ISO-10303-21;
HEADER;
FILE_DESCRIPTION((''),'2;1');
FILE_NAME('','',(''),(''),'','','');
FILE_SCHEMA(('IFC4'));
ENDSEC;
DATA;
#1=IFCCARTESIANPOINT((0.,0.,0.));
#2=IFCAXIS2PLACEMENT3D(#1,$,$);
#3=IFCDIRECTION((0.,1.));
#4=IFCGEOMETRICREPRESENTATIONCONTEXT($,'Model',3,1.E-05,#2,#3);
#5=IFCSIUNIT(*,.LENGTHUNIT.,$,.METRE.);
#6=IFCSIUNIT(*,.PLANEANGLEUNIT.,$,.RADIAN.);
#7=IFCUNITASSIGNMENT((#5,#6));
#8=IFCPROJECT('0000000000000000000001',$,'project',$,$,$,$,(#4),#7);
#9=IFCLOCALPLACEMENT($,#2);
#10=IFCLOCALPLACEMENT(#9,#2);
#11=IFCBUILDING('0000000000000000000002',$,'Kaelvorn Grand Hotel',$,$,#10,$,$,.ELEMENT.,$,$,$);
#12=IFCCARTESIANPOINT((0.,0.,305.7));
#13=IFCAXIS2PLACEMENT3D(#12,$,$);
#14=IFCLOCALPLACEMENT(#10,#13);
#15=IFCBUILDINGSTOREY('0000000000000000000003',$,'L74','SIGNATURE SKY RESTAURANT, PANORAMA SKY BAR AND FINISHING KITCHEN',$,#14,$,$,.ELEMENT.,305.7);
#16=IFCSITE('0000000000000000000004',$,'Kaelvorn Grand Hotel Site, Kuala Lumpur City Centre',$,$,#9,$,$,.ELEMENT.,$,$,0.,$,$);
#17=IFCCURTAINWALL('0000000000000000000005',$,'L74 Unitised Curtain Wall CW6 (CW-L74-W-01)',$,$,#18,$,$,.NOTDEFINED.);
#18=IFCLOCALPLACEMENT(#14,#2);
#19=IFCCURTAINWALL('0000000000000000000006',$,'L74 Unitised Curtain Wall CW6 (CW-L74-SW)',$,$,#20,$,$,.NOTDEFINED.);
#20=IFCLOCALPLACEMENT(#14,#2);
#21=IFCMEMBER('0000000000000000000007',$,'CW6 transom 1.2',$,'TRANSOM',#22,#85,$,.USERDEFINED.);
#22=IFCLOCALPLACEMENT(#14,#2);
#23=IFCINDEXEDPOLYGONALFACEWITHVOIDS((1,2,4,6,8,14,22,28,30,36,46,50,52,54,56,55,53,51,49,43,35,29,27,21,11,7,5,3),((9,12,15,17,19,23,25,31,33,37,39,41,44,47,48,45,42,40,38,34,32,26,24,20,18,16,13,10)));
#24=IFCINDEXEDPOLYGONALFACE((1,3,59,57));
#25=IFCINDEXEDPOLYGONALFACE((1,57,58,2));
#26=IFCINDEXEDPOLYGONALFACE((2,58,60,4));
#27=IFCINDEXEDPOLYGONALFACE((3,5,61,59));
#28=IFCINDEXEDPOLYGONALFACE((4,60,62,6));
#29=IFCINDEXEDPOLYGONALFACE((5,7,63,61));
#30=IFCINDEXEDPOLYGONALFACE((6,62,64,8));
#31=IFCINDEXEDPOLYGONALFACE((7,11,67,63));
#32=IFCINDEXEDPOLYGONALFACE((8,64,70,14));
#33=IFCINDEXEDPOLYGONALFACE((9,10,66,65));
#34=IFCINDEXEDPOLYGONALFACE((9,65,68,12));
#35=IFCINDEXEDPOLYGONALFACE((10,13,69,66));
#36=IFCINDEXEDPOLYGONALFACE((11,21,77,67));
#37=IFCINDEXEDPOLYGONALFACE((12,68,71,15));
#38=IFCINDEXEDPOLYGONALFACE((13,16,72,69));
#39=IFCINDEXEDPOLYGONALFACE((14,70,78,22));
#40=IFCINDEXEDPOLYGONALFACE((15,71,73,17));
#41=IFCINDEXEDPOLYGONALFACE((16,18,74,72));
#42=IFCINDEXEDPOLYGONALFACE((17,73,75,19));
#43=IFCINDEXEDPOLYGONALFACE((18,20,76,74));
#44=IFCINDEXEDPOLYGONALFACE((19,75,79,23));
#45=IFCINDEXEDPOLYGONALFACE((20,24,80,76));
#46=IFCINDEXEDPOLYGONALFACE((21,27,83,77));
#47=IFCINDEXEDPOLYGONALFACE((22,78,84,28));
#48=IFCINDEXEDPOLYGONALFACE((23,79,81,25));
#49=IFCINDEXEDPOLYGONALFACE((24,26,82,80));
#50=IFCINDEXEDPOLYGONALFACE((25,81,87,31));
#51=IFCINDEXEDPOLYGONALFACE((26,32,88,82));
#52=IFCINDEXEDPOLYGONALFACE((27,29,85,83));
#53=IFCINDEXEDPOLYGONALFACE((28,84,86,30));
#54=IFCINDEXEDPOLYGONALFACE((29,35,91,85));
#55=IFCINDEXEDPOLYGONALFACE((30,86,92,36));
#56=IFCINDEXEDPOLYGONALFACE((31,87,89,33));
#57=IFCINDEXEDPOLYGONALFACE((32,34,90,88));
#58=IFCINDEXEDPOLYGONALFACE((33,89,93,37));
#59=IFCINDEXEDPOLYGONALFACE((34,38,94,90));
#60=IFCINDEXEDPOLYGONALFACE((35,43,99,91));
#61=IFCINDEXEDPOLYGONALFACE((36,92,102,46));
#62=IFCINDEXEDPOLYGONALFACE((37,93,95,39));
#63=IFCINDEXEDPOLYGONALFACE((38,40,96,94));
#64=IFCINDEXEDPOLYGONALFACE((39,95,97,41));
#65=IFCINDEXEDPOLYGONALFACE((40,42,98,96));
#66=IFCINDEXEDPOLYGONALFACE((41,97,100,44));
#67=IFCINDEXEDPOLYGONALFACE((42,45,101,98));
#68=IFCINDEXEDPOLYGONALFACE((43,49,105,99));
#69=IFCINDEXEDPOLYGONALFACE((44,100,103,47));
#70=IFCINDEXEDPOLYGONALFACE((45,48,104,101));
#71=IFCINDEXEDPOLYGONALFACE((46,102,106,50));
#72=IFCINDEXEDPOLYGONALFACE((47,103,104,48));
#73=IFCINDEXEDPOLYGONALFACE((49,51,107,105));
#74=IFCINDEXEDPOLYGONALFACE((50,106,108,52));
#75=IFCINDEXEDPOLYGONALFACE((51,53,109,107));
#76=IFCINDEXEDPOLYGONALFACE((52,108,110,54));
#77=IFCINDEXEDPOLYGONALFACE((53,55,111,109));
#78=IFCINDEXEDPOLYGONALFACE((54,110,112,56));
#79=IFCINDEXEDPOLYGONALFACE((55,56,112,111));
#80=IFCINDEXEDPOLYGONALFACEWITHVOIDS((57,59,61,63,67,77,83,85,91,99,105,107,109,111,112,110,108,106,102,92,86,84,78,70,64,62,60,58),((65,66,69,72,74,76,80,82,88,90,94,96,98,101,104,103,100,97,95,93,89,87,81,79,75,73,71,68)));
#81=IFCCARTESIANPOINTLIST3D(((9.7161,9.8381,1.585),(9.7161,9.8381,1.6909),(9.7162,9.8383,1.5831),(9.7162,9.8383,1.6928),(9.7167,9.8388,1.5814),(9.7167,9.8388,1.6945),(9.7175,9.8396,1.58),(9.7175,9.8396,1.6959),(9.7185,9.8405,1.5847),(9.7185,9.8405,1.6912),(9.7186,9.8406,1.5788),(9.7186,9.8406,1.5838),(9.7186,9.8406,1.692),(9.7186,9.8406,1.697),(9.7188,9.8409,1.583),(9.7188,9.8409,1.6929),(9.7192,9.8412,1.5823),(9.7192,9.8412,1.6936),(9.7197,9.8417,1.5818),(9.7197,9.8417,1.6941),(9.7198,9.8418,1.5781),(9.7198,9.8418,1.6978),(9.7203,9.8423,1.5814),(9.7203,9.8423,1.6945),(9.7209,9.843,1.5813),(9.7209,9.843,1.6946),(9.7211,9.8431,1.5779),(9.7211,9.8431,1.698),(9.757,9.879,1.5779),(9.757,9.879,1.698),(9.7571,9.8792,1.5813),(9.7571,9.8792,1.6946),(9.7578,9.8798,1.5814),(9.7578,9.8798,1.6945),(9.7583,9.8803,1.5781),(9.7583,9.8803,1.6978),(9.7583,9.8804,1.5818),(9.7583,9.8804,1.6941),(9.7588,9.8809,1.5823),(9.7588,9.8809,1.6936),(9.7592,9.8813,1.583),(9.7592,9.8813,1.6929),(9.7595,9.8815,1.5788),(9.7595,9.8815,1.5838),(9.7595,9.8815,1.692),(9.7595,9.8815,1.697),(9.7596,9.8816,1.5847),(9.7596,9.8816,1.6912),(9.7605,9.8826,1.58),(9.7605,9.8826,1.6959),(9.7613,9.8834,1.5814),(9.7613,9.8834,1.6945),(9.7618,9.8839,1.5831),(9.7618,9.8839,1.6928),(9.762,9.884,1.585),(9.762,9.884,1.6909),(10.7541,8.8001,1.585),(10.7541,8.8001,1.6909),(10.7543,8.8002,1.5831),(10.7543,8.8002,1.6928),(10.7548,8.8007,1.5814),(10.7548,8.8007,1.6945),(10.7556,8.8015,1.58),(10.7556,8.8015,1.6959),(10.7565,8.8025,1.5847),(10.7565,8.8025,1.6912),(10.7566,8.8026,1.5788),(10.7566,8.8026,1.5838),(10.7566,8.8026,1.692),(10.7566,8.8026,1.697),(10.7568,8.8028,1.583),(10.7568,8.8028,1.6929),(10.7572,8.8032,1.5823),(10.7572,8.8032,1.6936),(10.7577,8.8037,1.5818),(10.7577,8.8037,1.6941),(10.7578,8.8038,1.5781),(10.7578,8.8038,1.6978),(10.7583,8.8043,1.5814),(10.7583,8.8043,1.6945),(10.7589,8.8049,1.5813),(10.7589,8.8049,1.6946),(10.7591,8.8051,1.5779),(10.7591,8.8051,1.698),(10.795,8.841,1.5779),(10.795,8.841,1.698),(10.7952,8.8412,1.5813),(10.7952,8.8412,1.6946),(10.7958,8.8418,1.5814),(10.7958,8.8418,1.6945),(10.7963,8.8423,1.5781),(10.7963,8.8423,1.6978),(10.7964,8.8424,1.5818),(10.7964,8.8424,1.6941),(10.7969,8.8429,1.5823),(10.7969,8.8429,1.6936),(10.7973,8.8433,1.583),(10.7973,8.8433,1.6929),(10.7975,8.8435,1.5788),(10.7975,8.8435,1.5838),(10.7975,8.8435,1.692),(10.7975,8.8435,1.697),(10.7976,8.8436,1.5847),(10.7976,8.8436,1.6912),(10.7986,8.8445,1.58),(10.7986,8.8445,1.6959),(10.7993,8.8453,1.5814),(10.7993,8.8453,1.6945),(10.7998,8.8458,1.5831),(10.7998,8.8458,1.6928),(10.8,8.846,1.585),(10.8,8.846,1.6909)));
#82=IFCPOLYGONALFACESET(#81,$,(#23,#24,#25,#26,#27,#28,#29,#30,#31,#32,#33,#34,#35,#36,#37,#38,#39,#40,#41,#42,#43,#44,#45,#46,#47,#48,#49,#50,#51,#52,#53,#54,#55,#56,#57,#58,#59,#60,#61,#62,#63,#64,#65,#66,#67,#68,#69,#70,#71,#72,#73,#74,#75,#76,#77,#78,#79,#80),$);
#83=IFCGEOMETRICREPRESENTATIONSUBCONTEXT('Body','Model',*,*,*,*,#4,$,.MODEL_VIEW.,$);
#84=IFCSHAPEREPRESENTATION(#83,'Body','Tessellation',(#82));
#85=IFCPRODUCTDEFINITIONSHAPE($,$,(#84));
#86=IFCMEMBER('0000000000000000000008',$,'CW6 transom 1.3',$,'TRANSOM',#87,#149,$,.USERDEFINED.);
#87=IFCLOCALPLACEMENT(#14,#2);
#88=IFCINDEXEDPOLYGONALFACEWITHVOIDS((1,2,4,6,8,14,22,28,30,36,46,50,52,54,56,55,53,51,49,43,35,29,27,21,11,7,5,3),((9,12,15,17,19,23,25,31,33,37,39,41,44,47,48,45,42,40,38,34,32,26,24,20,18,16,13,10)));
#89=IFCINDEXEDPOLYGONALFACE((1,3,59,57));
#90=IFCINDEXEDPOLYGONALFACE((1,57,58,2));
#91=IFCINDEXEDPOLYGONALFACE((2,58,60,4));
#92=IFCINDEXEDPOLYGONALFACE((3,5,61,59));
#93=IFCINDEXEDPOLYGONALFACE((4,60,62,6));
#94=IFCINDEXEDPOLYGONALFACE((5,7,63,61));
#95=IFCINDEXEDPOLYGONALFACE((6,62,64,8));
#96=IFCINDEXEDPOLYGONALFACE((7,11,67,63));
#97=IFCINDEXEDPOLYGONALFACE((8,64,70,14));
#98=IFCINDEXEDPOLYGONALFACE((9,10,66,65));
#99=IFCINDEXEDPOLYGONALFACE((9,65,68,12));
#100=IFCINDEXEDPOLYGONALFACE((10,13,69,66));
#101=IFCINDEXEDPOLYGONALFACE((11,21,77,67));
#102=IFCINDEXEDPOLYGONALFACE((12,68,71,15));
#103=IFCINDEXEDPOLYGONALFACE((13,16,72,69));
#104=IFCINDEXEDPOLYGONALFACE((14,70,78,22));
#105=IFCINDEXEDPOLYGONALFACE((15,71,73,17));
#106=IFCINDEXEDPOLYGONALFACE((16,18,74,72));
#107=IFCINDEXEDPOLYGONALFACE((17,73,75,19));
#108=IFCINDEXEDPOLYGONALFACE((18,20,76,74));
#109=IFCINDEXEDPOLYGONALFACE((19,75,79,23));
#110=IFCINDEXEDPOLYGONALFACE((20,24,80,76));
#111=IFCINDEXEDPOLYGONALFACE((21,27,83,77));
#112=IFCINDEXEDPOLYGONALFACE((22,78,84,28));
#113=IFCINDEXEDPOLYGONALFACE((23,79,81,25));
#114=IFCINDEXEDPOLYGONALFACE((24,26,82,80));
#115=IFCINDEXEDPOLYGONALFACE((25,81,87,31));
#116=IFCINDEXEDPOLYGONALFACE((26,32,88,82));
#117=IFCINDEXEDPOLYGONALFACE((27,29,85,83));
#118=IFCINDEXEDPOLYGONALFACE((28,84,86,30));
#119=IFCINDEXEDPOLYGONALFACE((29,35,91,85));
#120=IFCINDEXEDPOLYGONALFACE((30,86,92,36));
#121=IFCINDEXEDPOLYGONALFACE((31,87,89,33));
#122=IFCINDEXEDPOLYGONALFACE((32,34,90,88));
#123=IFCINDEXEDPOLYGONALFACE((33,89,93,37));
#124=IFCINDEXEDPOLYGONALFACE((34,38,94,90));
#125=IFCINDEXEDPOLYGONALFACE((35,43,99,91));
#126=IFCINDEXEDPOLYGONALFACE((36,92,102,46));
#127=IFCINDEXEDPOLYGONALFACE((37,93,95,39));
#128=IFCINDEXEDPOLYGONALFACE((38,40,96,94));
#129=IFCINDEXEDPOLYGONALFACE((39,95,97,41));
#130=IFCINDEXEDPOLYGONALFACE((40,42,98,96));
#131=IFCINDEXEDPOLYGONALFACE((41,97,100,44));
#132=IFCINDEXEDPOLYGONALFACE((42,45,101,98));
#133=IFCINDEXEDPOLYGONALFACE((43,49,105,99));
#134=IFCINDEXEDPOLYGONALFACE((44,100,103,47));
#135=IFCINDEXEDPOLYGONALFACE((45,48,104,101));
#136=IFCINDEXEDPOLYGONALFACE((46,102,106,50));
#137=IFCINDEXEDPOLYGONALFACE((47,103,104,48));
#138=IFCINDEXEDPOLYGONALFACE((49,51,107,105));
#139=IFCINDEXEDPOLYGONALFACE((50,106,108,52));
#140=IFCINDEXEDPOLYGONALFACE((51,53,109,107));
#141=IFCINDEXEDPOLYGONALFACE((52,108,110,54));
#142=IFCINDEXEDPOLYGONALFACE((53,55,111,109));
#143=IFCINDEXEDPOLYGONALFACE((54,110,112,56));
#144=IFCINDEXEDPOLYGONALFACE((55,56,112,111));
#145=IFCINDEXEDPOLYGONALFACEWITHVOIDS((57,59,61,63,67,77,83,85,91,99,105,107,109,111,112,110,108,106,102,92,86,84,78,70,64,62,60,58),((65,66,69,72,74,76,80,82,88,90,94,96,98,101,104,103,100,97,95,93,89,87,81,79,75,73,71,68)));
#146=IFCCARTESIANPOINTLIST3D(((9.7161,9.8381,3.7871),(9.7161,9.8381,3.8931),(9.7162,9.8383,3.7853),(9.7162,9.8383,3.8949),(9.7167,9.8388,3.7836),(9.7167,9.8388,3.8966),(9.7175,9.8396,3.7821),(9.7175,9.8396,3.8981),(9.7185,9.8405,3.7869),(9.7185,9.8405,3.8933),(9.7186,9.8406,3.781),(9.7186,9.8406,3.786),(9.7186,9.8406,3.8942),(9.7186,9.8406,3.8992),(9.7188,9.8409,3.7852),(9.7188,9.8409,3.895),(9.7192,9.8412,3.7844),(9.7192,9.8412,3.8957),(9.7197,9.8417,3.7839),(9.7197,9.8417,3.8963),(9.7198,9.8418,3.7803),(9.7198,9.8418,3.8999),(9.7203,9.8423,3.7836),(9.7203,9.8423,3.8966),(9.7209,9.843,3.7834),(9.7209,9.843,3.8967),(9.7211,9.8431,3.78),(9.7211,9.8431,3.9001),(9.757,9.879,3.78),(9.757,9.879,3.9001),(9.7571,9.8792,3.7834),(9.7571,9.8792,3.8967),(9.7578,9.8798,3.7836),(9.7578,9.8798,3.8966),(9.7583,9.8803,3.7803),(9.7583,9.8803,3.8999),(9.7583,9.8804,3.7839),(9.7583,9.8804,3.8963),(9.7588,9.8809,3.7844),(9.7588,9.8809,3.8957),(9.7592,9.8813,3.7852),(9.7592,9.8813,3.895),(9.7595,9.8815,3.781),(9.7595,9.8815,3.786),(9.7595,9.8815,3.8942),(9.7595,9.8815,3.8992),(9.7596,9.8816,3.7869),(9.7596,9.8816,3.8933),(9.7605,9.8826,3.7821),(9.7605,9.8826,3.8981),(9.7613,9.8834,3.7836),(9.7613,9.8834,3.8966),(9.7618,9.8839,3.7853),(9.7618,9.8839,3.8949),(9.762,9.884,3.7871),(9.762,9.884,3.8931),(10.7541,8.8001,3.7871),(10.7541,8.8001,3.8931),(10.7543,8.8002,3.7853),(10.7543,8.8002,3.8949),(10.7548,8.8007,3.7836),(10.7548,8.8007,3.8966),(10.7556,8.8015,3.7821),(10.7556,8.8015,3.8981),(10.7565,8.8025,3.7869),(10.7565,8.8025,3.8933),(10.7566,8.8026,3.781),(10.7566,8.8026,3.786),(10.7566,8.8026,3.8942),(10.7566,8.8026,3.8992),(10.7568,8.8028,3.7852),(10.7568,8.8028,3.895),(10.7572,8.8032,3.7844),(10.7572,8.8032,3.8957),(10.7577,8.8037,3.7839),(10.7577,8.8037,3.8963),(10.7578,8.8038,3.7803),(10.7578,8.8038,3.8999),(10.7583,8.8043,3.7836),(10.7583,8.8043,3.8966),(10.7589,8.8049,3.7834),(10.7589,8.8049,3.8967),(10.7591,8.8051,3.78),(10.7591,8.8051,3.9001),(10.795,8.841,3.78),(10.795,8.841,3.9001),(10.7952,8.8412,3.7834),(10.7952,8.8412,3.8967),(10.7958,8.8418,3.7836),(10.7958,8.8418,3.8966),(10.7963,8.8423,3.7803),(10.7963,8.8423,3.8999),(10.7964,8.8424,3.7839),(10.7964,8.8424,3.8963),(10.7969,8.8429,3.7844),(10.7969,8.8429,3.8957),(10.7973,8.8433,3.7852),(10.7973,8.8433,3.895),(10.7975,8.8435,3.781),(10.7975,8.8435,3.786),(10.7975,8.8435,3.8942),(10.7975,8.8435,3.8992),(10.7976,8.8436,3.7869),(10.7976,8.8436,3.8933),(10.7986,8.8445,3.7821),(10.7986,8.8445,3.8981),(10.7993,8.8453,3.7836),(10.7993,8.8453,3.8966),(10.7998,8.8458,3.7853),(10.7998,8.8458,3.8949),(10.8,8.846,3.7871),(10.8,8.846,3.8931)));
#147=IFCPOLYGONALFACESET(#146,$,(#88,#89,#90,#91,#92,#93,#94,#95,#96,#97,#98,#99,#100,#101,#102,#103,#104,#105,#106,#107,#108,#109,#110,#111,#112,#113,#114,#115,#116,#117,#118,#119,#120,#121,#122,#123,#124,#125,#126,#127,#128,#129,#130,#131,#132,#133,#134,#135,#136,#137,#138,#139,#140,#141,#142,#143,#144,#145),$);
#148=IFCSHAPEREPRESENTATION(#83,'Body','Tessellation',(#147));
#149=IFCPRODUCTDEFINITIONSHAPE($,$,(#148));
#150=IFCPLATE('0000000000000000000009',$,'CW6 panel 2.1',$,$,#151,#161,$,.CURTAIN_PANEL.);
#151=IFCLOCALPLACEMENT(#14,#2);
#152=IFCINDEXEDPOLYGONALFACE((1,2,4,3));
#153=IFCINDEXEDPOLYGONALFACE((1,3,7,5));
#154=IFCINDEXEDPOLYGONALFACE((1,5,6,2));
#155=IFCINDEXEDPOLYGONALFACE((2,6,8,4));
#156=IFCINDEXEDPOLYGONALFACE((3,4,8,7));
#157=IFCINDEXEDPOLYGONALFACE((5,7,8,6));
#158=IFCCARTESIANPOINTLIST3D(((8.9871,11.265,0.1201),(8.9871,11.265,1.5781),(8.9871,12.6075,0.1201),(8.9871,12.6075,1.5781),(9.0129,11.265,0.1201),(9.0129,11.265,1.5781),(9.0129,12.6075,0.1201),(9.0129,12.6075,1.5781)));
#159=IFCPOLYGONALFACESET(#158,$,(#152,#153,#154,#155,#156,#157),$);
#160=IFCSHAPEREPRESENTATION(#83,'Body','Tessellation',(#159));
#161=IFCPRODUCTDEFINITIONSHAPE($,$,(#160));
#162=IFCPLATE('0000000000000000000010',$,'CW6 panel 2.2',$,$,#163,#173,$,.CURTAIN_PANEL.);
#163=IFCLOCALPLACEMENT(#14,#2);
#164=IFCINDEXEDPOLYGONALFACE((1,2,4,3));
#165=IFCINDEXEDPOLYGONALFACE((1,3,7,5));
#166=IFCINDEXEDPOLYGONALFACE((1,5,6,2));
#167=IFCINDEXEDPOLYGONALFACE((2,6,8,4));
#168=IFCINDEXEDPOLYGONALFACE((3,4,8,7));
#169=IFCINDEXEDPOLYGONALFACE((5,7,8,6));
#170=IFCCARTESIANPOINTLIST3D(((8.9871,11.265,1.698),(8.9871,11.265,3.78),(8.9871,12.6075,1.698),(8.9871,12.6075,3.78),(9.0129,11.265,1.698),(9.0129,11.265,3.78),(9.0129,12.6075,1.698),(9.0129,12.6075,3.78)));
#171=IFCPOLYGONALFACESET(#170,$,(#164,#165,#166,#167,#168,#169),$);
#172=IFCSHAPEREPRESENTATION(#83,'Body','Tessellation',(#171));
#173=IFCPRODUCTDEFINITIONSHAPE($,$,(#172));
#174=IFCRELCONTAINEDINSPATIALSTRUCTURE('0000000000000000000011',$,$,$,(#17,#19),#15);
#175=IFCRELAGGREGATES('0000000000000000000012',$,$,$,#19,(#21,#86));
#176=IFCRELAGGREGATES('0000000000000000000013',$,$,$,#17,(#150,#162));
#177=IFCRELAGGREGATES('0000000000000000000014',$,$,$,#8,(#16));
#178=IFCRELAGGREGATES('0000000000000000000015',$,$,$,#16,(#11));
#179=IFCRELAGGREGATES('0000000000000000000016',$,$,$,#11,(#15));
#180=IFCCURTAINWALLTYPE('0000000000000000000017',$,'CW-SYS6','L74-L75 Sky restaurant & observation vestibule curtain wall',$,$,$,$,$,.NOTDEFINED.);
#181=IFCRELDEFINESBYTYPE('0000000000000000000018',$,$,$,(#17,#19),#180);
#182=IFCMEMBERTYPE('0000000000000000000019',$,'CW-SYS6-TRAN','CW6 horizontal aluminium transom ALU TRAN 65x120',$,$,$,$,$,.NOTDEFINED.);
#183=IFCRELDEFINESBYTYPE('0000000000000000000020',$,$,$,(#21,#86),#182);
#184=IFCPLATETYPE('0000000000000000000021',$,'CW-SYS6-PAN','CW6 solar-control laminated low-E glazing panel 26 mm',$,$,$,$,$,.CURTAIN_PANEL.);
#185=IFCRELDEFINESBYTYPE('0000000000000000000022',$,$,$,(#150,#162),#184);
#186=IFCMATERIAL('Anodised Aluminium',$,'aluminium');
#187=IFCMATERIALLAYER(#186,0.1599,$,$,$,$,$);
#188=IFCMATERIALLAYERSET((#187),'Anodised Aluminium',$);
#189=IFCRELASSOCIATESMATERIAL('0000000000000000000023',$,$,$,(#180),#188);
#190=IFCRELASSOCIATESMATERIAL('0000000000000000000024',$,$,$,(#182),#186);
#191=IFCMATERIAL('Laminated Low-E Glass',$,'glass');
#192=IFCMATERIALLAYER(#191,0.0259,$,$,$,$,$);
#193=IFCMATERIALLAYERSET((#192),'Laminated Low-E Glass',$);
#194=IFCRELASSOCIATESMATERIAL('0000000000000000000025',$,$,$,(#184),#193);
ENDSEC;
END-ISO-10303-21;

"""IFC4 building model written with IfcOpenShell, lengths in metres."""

from ifc_helpers import new_model, si_unit, direction, frame, origin, origin_2d, place, context, subcontext, project, spatial, rectangle, hollow_rectangle, extrude, material, layer, layer_set, material_profile, profile_set, type_object, element, aggregate, save


model = new_model("IFC4")

# Units and contexts
model_context = context("Model", 3, precision=1e-05, world=origin(), true_north=direction((0.0, 1.0)))
body_context = subcontext(model_context, "Body", "Model", "MODEL_VIEW")
ifc_project = project(units=[si_unit("LENGTHUNIT", "METRE"), si_unit("PLANEANGLEUNIT", "RADIAN")], contexts=[model_context])

# Site, building, storey
site_placement = place(None, origin())
site = spatial("IfcSite", under=ifc_project, at=site_placement, Name="Kaelvorn Grand Hotel Site, Kuala Lumpur City Centre", CompositionType="ELEMENT", RefElevation=0.0)
building_placement = place(site_placement, origin())
building = spatial("IfcBuilding", under=site, at=building_placement, Name="Kaelvorn Grand Hotel", CompositionType="ELEMENT")
storey_placement = place(building_placement, frame((0.0, 0.0, 305.7)))
storey = spatial("IfcBuildingStorey", under=building, at=storey_placement, Name="L74", Description="SIGNATURE SKY RESTAURANT, PANORAMA SKY BAR AND FINISHING KITCHEN", CompositionType="ELEMENT", Elevation=305.7)

# Curtain walls
ifc_material_1 = material(Name="Anodised Aluminium", Category="aluminium")
ifc_layer_1 = layer(ifc_material_1, 0.1599)
ifc_layer_set_1 = layer_set([ifc_layer_1], Name="Anodised Aluminium")
curtain_wall_type = type_object("IfcCurtainWallType", Name="CW-SYS6", Description="L74-L75 Sky restaurant & observation vestibule curtain wall", PredefinedType="NOTDEFINED", material=ifc_layer_set_1)
curtain_wall_1_placement = place(storey_placement, origin())
curtain_wall_1 = element("IfcCurtainWall", 1, at=curtain_wall_1_placement, inside=storey, type_object=curtain_wall_type, Name="L74 Unitised Curtain Wall CW6 (CW-L74-W-01)", PredefinedType="NOTDEFINED")
curtain_wall_2_placement = place(storey_placement, origin())
curtain_wall_2 = element("IfcCurtainWall", 2, at=curtain_wall_2_placement, inside=storey, type_object=curtain_wall_type, Name="L74 Unitised Curtain Wall CW6 (CW-L74-SW)", PredefinedType="NOTDEFINED")

# Members
ifc_material_profile_1 = material_profile(ifc_material_1, hollow_rectangle(XDim=0.0649, YDim=0.1201, WallThickness=0.0034, InnerFilletRadius=0.0034, OuterFilletRadius=0.0071, at=origin_2d()), Name="ALU TRAN 65x120")
ifc_profile_set_1 = profile_set([ifc_material_profile_1], Name="Anodised Aluminium")
member_type_1 = type_object("IfcMemberType", Name="CW-SYS6-TRAN", Description="CW6 horizontal aluminium transom ALU TRAN 65x120", PredefinedType="NOTDEFINED", material=ifc_profile_set_1)
member_1_placement = place(storey_placement, frame((9.739, 9.8611, 1.6379), z_axis=(0.707107, -0.707107, 0.0), x_axis=(0.707107, 0.707107, 0.0)))
member_1 = element("IfcMember", 3, at=member_1_placement, type_object=member_type_1, Name="CW6 transom 1.2", ObjectType="TRANSOM", PredefinedType="USERDEFINED", context=body_context, shape_type="SweptSolid", body=[
    extrude(hollow_rectangle(XDim=0.0649, YDim=0.1201, WallThickness=0.0034, InnerFilletRadius=0.0034, OuterFilletRadius=0.0071, at=origin_2d()), origin(), (0.0, 0.0, 1.0), 1.468),
])
member_2_placement = place(storey_placement, frame((9.739, 9.8611, 3.8401), z_axis=(0.707107, -0.707107, 0.0), x_axis=(0.707107, 0.707107, 0.0)))
member_2 = element("IfcMember", 4, at=member_2_placement, type_object=member_type_1, Name="CW6 transom 1.3", ObjectType="TRANSOM", PredefinedType="USERDEFINED", context=body_context, shape_type="SweptSolid", body=[
    extrude(hollow_rectangle(XDim=0.0649, YDim=0.1201, WallThickness=0.0034, InnerFilletRadius=0.0034, OuterFilletRadius=0.0071, at=origin_2d()), origin(), (0.0, 0.0, 1.0), 1.468),
])
aggregate(curtain_wall_2, [member_1, member_2])

# Plates
ifc_material_2 = material(Name="Laminated Low-E Glass", Category="glass")
ifc_layer_2 = layer(ifc_material_2, 0.0259)
ifc_layer_set_2 = layer_set([ifc_layer_2], Name="Laminated Low-E Glass")
plate_type = type_object("IfcPlateType", Name="CW-SYS6-PAN", Description="CW6 solar-control laminated low-E glazing panel 26 mm", PredefinedType="CURTAIN_PANEL", material=ifc_layer_set_2)
plate_1_placement = place(storey_placement, frame((9.0, 11.9363, 0.1201), z_axis=(0.0, 0.0, 1.0), x_axis=(0.0, -1.0, 0.0)))
plate_1 = element("IfcPlate", 5, at=plate_1_placement, type_object=plate_type, Name="CW6 panel 2.1", PredefinedType="CURTAIN_PANEL", context=body_context, shape_type="SweptSolid", body=[
    extrude(rectangle(XDim=1.3425, YDim=0.0259, at=origin_2d()), origin(), (0.0, 0.0, 1.0), 1.458),
])
plate_2_placement = place(storey_placement, frame((9.0, 11.9363, 1.698), z_axis=(0.0, 0.0, 1.0), x_axis=(0.0, -1.0, 0.0)))
plate_2 = element("IfcPlate", 6, at=plate_2_placement, type_object=plate_type, Name="CW6 panel 2.2", PredefinedType="CURTAIN_PANEL", context=body_context, shape_type="SweptSolid", body=[
    extrude(rectangle(XDim=1.3425, YDim=0.0259, at=origin_2d()), origin(), (0.0, 0.0, 1.0), 2.082),
])
aggregate(curtain_wall_1, [plate_1, plate_2])

save(model, "model.ifc")
